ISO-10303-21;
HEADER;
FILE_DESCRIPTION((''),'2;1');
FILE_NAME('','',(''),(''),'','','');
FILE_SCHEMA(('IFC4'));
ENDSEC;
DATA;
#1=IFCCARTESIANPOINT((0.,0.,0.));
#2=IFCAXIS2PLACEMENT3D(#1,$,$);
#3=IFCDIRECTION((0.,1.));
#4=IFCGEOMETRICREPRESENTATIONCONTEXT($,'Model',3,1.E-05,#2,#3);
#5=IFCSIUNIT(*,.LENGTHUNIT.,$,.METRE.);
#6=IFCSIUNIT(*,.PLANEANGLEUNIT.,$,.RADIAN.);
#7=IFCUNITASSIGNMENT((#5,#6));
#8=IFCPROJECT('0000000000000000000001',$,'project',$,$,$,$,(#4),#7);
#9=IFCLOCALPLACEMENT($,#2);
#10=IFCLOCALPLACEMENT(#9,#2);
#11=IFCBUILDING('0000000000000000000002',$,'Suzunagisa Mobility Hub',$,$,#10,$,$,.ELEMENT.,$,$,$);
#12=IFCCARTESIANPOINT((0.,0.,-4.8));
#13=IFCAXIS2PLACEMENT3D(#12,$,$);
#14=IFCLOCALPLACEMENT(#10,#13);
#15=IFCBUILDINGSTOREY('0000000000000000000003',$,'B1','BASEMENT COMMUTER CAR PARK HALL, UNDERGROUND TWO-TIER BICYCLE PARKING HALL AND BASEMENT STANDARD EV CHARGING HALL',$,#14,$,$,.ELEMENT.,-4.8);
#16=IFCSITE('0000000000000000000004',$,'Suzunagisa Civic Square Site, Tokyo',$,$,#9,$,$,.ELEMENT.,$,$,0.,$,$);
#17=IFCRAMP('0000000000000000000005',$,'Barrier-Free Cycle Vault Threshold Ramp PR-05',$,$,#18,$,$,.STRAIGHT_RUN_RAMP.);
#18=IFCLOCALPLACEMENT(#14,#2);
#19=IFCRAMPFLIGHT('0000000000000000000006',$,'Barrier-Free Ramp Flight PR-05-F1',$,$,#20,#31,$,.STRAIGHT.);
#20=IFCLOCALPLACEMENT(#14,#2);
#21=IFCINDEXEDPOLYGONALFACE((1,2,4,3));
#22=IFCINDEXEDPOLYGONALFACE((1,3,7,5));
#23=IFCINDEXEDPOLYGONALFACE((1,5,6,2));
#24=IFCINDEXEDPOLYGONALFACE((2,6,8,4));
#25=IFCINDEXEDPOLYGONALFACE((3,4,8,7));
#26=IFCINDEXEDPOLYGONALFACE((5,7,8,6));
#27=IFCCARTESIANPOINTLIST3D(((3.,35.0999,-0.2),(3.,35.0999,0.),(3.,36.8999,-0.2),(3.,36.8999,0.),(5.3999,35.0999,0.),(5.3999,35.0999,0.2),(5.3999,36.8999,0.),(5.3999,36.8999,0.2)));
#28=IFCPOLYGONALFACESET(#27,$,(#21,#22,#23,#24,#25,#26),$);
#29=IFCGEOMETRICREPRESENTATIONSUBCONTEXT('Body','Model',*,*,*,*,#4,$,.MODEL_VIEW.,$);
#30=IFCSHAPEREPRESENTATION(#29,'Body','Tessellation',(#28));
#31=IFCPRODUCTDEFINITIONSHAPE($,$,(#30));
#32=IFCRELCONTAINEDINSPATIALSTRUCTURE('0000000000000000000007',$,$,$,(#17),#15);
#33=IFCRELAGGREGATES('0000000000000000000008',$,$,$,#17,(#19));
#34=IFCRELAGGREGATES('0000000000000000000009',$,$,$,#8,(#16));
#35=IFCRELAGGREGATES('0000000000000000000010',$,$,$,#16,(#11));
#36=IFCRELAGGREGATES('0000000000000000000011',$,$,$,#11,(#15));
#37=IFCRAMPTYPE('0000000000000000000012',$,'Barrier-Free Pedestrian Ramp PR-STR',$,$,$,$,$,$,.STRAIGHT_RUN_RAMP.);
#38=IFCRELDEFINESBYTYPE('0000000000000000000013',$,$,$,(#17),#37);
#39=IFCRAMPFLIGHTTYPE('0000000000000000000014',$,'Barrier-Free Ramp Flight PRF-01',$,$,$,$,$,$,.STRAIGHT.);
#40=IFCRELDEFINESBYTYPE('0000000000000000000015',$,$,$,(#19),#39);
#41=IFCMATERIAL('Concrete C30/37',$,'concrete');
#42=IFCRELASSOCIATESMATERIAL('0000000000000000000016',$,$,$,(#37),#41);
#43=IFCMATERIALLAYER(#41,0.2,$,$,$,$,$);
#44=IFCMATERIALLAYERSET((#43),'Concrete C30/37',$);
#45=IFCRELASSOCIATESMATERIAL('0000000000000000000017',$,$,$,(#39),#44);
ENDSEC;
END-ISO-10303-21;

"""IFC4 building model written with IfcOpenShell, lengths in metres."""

from ifc_helpers import new_model, si_unit, direction, frame, origin, place, context, subcontext, project, spatial, polyline, outline, extrude, material, layer, layer_set, type_object, element, aggregate, save


model = new_model("IFC4")

# Units and contexts
model_context = context("Model", 3, precision=1e-05, world=origin(), true_north=direction((0.0, 1.0)))
body_context = subcontext(model_context, "Body", "Model", "MODEL_VIEW")
ifc_project = project(units=[si_unit("LENGTHUNIT", "METRE"), si_unit("PLANEANGLEUNIT", "RADIAN")], contexts=[model_context])

# Site, building, storey
site_placement = place(None, origin())
site = spatial("IfcSite", under=ifc_project, at=site_placement, Name="Suzunagisa Civic Square Site, Tokyo", CompositionType="ELEMENT", RefElevation=0.0)
building_placement = place(site_placement, origin())
building = spatial("IfcBuilding", under=site, at=building_placement, Name="Suzunagisa Mobility Hub", CompositionType="ELEMENT")
storey_placement = place(building_placement, frame((0.0, 0.0, -4.8)))
storey = spatial("IfcBuildingStorey", under=building, at=storey_placement, Name="B1", Description="BASEMENT COMMUTER CAR PARK HALL, UNDERGROUND TWO-TIER BICYCLE PARKING HALL AND BASEMENT STANDARD EV CHARGING HALL", CompositionType="ELEMENT", Elevation=-4.8)

# Shared definitions
ifc_material_1 = material(Name="Concrete C30/37", Category="concrete")

# Ramp, ramp flight
ramp_type = type_object("IfcRampType", Name="Barrier-Free Pedestrian Ramp PR-STR", PredefinedType="STRAIGHT_RUN_RAMP", material=ifc_material_1)
ifc_layer_1 = layer(ifc_material_1, 0.2)
ifc_layer_set_1 = layer_set([ifc_layer_1], Name="Concrete C30/37")
ramp_flight_type = type_object("IfcRampFlightType", Name="Barrier-Free Ramp Flight PRF-01", PredefinedType="STRAIGHT", material=ifc_layer_set_1)
ramp_1_placement = place(storey_placement, origin())
ramp_1 = element("IfcRamp", 1, at=ramp_1_placement, inside=storey, type_object=ramp_type, Name="Barrier-Free Cycle Vault Threshold Ramp PR-05", PredefinedType="STRAIGHT_RUN_RAMP")
ramp_flight_1_placement = place(storey_placement, frame((3.0, 36.0, 0.0), z_axis=(0.0, 0.0, 1.0), x_axis=(1.0, 0.0, 0.0)))
ramp_flight_1 = element("IfcRampFlight", 2, at=ramp_flight_1_placement, type_object=ramp_flight_type, Name="Barrier-Free Ramp Flight PR-05-F1", PredefinedType="STRAIGHT", context=body_context, shape_type="SweptSolid", body=[
    extrude(outline(polyline([(0.0, 0.0), (2.3999, 0.2), (2.3999, 0.0), (0.0, -0.2), (0.0, 0.0)])), frame((0.0, 0.8999, 0.0), z_axis=(0.0, -1.0, 0.0), x_axis=(1.0, 0.0, 0.0)), (0.0, 0.0, 1.0), 1.8),
])
aggregate(ramp_1, [ramp_flight_1])

save(model, "model.ifc")
